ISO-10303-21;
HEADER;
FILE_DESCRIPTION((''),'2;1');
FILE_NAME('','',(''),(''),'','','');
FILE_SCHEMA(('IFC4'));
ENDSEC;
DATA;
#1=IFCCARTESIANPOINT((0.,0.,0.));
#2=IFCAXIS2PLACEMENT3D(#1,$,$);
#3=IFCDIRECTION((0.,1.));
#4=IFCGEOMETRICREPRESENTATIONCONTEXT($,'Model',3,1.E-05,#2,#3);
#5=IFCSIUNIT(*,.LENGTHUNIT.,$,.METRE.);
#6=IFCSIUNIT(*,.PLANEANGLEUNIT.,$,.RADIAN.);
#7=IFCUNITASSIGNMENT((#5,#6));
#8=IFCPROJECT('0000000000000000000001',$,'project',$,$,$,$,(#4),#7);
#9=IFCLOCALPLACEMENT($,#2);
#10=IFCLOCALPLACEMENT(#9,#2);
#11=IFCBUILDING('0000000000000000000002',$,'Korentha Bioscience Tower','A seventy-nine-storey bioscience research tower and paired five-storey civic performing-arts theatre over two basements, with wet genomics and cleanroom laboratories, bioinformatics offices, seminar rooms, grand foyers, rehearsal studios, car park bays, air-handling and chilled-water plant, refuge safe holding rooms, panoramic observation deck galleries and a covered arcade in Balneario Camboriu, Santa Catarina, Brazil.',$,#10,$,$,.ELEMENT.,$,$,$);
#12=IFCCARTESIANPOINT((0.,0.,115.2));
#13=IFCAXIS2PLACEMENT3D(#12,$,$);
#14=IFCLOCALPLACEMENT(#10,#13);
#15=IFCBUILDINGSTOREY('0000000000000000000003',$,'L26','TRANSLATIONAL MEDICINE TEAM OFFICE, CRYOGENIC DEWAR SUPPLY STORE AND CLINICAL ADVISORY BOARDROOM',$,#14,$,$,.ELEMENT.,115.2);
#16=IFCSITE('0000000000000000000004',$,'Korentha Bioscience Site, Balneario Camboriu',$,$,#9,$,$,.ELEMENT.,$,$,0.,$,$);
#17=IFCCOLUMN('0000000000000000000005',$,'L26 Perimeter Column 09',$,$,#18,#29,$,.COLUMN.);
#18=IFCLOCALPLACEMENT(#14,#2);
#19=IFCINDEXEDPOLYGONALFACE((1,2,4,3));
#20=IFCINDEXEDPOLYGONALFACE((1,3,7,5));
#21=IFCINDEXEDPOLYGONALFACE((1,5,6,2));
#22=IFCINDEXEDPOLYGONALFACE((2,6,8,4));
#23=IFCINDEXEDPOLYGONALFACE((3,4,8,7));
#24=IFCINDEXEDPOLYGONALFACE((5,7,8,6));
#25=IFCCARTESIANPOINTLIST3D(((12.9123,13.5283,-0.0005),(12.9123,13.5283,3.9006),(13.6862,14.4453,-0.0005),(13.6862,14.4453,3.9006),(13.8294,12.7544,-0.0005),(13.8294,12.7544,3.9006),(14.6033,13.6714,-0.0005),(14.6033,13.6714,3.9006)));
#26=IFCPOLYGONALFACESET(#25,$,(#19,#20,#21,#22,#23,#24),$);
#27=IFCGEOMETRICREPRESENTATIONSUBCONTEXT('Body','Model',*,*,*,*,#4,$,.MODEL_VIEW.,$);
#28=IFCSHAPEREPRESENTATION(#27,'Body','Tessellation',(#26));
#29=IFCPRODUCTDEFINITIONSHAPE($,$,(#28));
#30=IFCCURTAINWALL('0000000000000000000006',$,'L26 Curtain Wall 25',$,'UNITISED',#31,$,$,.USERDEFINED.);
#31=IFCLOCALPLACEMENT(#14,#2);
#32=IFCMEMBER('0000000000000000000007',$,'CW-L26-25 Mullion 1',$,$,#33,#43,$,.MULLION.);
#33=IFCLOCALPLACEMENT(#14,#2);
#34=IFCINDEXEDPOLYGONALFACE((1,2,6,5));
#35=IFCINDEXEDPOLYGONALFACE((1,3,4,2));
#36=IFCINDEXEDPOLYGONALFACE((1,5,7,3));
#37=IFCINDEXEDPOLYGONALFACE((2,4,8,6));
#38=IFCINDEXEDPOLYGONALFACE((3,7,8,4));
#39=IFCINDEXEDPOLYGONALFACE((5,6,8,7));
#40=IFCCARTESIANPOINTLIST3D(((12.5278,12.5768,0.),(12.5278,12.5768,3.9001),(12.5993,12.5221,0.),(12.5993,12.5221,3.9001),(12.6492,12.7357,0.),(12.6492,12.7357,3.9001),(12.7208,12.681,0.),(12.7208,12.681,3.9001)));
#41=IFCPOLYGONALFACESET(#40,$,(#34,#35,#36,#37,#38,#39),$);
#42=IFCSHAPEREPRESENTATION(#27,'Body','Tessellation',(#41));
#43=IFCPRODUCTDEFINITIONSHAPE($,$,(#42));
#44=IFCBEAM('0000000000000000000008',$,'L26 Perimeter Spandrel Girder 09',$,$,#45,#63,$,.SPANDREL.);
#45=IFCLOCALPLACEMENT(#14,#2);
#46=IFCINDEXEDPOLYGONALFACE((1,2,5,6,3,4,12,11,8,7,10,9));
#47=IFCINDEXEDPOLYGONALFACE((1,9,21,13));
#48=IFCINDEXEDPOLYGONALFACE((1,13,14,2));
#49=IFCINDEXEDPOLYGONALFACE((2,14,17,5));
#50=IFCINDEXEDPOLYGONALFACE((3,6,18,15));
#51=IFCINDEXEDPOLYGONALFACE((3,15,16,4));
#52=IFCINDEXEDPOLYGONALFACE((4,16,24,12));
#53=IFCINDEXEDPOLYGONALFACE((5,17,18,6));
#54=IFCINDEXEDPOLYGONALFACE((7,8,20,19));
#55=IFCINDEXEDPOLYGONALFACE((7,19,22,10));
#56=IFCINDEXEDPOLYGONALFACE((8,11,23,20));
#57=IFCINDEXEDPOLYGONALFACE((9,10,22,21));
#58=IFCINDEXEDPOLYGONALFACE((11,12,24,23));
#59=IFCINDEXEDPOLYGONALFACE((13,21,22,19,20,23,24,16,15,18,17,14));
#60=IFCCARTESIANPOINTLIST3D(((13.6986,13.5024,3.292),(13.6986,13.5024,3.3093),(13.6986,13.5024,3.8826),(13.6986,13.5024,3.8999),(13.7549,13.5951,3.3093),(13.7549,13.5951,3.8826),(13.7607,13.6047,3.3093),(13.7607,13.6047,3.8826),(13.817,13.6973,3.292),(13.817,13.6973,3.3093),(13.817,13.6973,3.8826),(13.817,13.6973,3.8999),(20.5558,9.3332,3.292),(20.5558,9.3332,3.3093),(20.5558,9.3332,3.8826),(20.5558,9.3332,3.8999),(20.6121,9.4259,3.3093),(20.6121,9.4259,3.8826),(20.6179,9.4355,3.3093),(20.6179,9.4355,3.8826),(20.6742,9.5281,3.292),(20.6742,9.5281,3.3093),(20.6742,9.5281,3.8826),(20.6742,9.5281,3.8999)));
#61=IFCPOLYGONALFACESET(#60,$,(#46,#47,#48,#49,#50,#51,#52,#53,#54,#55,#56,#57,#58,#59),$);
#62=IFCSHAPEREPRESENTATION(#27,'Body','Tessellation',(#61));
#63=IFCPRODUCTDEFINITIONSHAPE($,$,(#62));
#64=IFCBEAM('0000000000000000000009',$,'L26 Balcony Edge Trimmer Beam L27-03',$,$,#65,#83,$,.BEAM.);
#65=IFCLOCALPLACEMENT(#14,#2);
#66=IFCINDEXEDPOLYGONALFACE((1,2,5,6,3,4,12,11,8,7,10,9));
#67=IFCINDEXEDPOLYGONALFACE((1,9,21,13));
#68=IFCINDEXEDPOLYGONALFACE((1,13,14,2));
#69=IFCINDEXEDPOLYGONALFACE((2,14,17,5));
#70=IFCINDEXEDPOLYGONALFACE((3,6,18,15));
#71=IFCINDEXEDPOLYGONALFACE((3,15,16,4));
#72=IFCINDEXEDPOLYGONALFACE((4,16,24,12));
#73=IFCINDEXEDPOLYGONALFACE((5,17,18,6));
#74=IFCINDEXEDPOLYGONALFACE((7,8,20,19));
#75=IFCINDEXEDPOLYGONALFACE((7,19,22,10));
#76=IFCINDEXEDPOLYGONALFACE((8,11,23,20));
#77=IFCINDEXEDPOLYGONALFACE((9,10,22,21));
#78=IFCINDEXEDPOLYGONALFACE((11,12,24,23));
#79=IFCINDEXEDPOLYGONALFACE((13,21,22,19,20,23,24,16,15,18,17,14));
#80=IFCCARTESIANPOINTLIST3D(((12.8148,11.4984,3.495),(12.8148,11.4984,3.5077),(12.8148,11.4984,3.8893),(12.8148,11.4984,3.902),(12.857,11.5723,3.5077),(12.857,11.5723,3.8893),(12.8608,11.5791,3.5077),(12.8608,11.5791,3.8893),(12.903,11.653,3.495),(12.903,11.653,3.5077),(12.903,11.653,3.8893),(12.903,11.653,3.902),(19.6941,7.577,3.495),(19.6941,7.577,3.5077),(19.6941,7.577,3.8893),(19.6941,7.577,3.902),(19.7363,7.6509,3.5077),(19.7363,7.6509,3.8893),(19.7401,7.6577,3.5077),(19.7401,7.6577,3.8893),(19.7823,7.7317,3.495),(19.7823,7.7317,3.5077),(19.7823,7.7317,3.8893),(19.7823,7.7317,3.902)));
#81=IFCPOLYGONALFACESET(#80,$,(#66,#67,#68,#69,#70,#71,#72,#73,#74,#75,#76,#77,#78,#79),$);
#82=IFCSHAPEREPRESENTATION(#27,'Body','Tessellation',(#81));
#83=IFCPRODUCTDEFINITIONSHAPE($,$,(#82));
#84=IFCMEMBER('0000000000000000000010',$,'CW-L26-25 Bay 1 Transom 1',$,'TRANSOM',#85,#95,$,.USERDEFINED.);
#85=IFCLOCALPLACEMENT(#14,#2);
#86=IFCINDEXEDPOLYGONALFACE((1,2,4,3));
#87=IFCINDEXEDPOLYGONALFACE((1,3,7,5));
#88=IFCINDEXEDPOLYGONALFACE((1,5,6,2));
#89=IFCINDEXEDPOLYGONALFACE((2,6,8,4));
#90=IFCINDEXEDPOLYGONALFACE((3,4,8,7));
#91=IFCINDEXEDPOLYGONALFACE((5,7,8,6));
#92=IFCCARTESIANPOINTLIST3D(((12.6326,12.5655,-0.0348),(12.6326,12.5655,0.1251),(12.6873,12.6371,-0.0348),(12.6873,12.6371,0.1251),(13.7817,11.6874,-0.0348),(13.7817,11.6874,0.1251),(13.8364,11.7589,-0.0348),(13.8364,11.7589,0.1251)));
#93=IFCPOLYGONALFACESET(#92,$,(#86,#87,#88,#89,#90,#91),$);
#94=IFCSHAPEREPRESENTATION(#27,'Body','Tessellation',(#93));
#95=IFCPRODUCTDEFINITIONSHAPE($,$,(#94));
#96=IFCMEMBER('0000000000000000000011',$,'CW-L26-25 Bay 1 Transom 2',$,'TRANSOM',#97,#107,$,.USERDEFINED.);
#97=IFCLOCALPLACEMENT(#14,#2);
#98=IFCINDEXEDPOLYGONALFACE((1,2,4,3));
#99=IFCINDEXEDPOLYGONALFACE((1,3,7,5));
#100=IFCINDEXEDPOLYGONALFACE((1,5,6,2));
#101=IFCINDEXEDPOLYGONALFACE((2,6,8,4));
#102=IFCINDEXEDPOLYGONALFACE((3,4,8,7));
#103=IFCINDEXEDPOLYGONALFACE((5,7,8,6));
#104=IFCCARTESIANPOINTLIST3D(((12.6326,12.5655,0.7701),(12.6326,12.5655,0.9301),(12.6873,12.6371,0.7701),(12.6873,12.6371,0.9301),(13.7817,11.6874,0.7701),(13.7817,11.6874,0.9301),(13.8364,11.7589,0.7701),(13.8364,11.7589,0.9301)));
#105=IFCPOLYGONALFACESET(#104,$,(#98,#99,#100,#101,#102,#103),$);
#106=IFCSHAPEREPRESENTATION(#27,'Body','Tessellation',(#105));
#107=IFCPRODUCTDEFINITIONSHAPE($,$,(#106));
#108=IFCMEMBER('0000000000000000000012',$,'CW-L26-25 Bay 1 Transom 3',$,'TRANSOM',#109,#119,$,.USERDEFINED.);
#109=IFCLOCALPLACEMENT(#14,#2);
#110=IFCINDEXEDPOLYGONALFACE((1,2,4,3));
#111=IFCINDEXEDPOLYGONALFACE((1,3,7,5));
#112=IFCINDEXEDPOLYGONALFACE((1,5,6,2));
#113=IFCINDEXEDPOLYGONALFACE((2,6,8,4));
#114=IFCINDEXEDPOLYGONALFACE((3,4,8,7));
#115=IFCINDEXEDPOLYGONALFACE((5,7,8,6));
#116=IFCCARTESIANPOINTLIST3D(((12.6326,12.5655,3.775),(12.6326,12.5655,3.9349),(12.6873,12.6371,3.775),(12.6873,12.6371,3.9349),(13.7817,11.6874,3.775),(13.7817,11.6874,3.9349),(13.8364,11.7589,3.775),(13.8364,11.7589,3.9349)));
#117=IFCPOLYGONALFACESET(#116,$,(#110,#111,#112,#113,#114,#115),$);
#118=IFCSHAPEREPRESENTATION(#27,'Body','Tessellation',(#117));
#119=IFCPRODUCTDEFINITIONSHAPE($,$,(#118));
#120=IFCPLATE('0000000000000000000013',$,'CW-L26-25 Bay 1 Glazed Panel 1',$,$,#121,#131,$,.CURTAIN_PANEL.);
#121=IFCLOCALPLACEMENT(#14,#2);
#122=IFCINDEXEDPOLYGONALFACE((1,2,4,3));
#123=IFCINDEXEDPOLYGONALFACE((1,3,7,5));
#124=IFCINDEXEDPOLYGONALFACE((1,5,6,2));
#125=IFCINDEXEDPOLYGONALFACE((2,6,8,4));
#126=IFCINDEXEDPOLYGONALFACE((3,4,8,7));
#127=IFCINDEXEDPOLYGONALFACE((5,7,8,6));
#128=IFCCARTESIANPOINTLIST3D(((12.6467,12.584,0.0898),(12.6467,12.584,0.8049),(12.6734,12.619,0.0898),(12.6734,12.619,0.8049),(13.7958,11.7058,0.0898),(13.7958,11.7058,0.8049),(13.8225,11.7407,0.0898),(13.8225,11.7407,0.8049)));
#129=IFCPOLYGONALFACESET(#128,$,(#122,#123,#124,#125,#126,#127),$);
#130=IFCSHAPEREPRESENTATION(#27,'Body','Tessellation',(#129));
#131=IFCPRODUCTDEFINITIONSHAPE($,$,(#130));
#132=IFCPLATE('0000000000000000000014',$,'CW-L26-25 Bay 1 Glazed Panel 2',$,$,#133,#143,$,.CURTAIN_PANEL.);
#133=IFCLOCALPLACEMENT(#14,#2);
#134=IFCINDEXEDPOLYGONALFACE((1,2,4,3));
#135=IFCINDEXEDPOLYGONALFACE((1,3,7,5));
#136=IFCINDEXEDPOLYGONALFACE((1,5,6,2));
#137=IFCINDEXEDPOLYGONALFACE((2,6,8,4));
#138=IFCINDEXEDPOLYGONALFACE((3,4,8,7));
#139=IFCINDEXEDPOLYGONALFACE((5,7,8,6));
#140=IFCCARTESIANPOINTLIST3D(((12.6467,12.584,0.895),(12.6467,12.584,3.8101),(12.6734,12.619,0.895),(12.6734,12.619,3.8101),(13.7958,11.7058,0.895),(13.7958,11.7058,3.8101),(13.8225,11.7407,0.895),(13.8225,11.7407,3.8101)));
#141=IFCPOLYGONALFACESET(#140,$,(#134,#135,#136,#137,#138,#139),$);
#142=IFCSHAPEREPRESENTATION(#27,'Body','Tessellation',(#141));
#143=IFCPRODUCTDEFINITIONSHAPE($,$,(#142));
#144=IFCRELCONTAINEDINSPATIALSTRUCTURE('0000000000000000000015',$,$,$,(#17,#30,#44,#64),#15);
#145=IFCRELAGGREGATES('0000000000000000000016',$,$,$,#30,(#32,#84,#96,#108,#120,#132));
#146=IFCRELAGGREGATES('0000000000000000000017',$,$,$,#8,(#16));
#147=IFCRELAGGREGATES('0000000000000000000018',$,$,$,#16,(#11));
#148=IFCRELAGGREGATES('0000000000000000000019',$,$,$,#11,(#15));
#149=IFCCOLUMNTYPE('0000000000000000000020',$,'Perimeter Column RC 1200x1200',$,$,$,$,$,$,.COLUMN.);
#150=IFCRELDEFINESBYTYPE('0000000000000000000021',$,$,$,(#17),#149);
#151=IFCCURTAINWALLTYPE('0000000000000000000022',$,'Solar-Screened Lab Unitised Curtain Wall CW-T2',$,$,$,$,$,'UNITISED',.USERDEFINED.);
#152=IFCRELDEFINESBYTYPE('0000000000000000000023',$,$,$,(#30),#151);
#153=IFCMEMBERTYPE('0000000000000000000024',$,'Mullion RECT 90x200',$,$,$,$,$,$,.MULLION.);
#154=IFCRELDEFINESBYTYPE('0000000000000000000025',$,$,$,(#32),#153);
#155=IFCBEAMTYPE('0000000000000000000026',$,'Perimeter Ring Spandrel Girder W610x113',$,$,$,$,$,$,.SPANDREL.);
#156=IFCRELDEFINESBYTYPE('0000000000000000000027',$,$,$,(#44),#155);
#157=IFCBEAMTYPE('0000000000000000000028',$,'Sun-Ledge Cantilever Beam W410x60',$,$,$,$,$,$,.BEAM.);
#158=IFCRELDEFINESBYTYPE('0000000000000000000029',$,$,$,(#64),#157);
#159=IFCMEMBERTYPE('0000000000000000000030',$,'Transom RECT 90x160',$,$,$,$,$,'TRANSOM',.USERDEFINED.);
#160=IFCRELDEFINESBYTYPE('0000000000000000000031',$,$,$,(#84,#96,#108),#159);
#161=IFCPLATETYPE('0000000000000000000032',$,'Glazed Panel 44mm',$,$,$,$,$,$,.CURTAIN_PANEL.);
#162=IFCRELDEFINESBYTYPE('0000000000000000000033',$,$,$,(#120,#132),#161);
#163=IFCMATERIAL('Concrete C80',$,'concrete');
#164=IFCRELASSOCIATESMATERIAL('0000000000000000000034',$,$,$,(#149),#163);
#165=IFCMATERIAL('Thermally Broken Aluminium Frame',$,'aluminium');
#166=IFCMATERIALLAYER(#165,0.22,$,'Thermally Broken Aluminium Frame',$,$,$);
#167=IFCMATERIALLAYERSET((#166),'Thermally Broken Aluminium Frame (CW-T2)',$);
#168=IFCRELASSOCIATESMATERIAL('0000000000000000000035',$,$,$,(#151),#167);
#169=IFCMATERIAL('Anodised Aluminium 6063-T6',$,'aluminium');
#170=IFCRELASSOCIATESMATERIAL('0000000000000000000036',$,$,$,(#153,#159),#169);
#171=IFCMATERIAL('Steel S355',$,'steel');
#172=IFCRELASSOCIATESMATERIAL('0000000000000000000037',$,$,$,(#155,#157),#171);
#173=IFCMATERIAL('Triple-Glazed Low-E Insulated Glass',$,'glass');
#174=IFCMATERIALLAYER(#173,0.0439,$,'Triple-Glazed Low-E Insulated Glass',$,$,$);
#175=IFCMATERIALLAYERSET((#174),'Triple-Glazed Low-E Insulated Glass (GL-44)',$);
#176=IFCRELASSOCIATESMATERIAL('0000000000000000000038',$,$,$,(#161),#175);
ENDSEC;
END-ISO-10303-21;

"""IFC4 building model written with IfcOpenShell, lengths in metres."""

from ifc_helpers import new_model, si_unit, direction, frame, origin, origin_2d, place, context, subcontext, project, spatial, rectangle, i_section, extrude, material, layer, layer_set, material_profile, profile_set, type_object, element, aggregate, save


model = new_model("IFC4")

# Units and contexts
model_context = context("Model", 3, precision=1e-05, world=origin(), true_north=direction((0.0, 1.0)))
body_context = subcontext(model_context, "Body", "Model", "MODEL_VIEW")
ifc_project = project(units=[si_unit("LENGTHUNIT", "METRE"), si_unit("PLANEANGLEUNIT", "RADIAN")], contexts=[model_context])

# Site, building, storey
site_placement = place(None, origin())
site = spatial("IfcSite", under=ifc_project, at=site_placement, Name="Korentha Bioscience Site, Balneario Camboriu", CompositionType="ELEMENT", RefElevation=0.0)
building_placement = place(site_placement, origin())
building = spatial("IfcBuilding", under=site, at=building_placement, Name="Korentha Bioscience Tower", Description="A seventy-nine-storey bioscience research tower and paired five-storey civic performing-arts theatre over two basements, with wet genomics and cleanroom laboratories, bioinformatics offices, seminar rooms, grand foyers, rehearsal studios, car park bays, air-handling and chilled-water plant, refuge safe holding rooms, panoramic observation deck galleries and a covered arcade in Balneario Camboriu, Santa Catarina, Brazil.", CompositionType="ELEMENT")
storey_placement = place(building_placement, frame((0.0, 0.0, 115.2)))
storey = spatial("IfcBuildingStorey", under=building, at=storey_placement, Name="L26", Description="TRANSLATIONAL MEDICINE TEAM OFFICE, CRYOGENIC DEWAR SUPPLY STORE AND CLINICAL ADVISORY BOARDROOM", CompositionType="ELEMENT", Elevation=115.2)

# Column
ifc_material_1 = material(Name="Concrete C80", Category="concrete")
ifc_material_profile_1 = material_profile(ifc_material_1, rectangle(XDim=1.2, YDim=1.2, at=origin_2d()), Name="Concrete C80")
ifc_profile_set_1 = profile_set([ifc_material_profile_1], Name="Concrete C80 (COL-P12)")
column_type = type_object("IfcColumnType", Name="Perimeter Column RC 1200x1200", PredefinedType="COLUMN", material=ifc_profile_set_1)
column_placement = place(storey_placement, frame((13.7578, 13.5999, -0.0005), z_axis=(0.0, 0.0, 1.0), x_axis=(-0.764246, 0.644924, 0.0)))
element("IfcColumn", 1, at=column_placement, inside=storey, type_object=column_type, Name="L26 Perimeter Column 09", PredefinedType="COLUMN", context=body_context, shape_type="SweptSolid", body=[
    extrude(rectangle(XDim=1.2, YDim=1.2, at=origin_2d()), origin(), (0.0, 0.0, 1.0), 3.9011),
])

# Curtain wall, member
ifc_material_2 = material(Name="Thermally Broken Aluminium Frame", Category="aluminium")
ifc_layer_1 = layer(ifc_material_2, 0.22, Name="Thermally Broken Aluminium Frame")
ifc_layer_set_1 = layer_set([ifc_layer_1], Name="Thermally Broken Aluminium Frame (CW-T2)")
curtain_wall_type = type_object("IfcCurtainWallType", Name="Solar-Screened Lab Unitised Curtain Wall CW-T2", ElementType="UNITISED", PredefinedType="USERDEFINED", material=ifc_layer_set_1)
curtain_wall_placement = place(storey_placement, origin())
curtain_wall = element("IfcCurtainWall", 2, at=curtain_wall_placement, inside=storey, type_object=curtain_wall_type, Name="L26 Curtain Wall 25", ObjectType="UNITISED", PredefinedType="USERDEFINED")
ifc_material_3 = material(Name="Anodised Aluminium 6063-T6", Category="aluminium")
ifc_material_profile_2 = material_profile(ifc_material_3, rectangle(XDim=0.0901, YDim=0.2, at=origin_2d()), Name="Anodised Aluminium 6063-T6")
ifc_profile_set_2 = profile_set([ifc_material_profile_2], Name="Anodised Aluminium 6063-T6 (CW-MUL)")
member_type_1 = type_object("IfcMemberType", Name="Mullion RECT 90x200", PredefinedType="MULLION", material=ifc_profile_set_2)
member_1_placement = place(storey_placement, frame((12.6243, 12.6289, 0.0), z_axis=(0.0, 0.0, 1.0), x_axis=(0.7945, -0.607265, 0.0)))
member_1 = element("IfcMember", 3, at=member_1_placement, type_object=member_type_1, Name="CW-L26-25 Mullion 1", PredefinedType="MULLION", context=body_context, shape_type="SweptSolid", body=[
    extrude(rectangle(XDim=0.0901, YDim=0.2, at=origin_2d()), origin(), (0.0, 0.0, 1.0), 3.9001),
])

# Beams
ifc_material_4 = material(Name="Steel S355", Category="steel")
ifc_material_profile_3 = material_profile(ifc_material_4, i_section(OverallWidth=0.228, OverallDepth=0.6079, WebThickness=0.0112, FlangeThickness=0.0173, at=origin_2d()), Name="Steel S355")
ifc_profile_set_3 = profile_set([ifc_material_profile_3], Name="Steel S355 (SB-610)")
beam_type_1 = type_object("IfcBeamType", Name="Perimeter Ring Spandrel Girder W610x113", PredefinedType="SPANDREL", material=ifc_profile_set_3)
beam_1_placement = place(storey_placement, frame((13.7578, 13.5999, 3.5959), z_axis=(0.854461, -0.519515, 0.0), x_axis=(0.519515, 0.854461, 0.0)))
element("IfcBeam", 4, at=beam_1_placement, inside=storey, type_object=beam_type_1, Name="L26 Perimeter Spandrel Girder 09", PredefinedType="SPANDREL", context=body_context, shape_type="SweptSolid", body=[
    extrude(i_section(OverallWidth=0.228, OverallDepth=0.6079, WebThickness=0.0112, FlangeThickness=0.0173, at=origin_2d()), origin(), (0.0, 0.0, 1.0), 8.0251),
])
ifc_material_profile_4 = material_profile(ifc_material_4, i_section(OverallWidth=0.178, OverallDepth=0.407, WebThickness=0.0078, FlangeThickness=0.0127, at=origin_2d()), Name="Steel S355")
ifc_profile_set_4 = profile_set([ifc_material_profile_4], Name="Steel S355 (CB-410)")
beam_type_2 = type_object("IfcBeamType", Name="Sun-Ledge Cantilever Beam W410x60", PredefinedType="BEAM", material=ifc_profile_set_4)
beam_2_placement = place(storey_placement, frame((12.8589, 11.5757, 3.6985), z_axis=(0.86877, -0.495216, 0.0), x_axis=(0.495216, 0.86877, 0.0)))
element("IfcBeam", 5, at=beam_2_placement, inside=storey, type_object=beam_type_2, Name="L26 Balcony Edge Trimmer Beam L27-03", PredefinedType="BEAM", context=body_context, shape_type="SweptSolid", body=[
    extrude(i_section(OverallWidth=0.178, OverallDepth=0.407, WebThickness=0.0078, FlangeThickness=0.0127, at=origin_2d()), origin(), (0.0, 0.0, 1.0), 7.9185),
])

# Members
ifc_material_profile_5 = material_profile(ifc_material_3, rectangle(XDim=0.0901, YDim=0.1599, at=origin_2d()), Name="Anodised Aluminium 6063-T6")
ifc_profile_set_5 = profile_set([ifc_material_profile_5], Name="Anodised Aluminium 6063-T6 (CW-TRN)")
member_type_2 = type_object("IfcMemberType", Name="Transom RECT 90x160", ElementType="TRANSOM", PredefinedType="USERDEFINED", material=ifc_profile_set_5)
member_2_placement = place(storey_placement, frame((12.6599, 12.6013, 0.0452), z_axis=(0.794559, -0.607187, 0.0), x_axis=(0.607187, 0.794559, 0.0)))
member_2 = element("IfcMember", 6, at=member_2_placement, type_object=member_type_2, Name="CW-L26-25 Bay 1 Transom 1", ObjectType="TRANSOM", PredefinedType="USERDEFINED", context=body_context, shape_type="SweptSolid", body=[
    extrude(rectangle(XDim=0.0901, YDim=0.1599, at=origin_2d()), origin(), (0.0, 0.0, 1.0), 1.4463),
])
member_3_placement = place(storey_placement, frame((12.6599, 12.6013, 0.8501), z_axis=(0.794559, -0.607187, 0.0), x_axis=(0.607187, 0.794559, 0.0)))
member_3 = element("IfcMember", 7, at=member_3_placement, type_object=member_type_2, Name="CW-L26-25 Bay 1 Transom 2", ObjectType="TRANSOM", PredefinedType="USERDEFINED", context=body_context, shape_type="SweptSolid", body=[
    extrude(rectangle(XDim=0.0901, YDim=0.1599, at=origin_2d()), origin(), (0.0, 0.0, 1.0), 1.4463),
])
member_4_placement = place(storey_placement, frame((12.6599, 12.6013, 3.855), z_axis=(0.794559, -0.607187, 0.0), x_axis=(0.607187, 0.794559, 0.0)))
member_4 = element("IfcMember", 8, at=member_4_placement, type_object=member_type_2, Name="CW-L26-25 Bay 1 Transom 3", ObjectType="TRANSOM", PredefinedType="USERDEFINED", context=body_context, shape_type="SweptSolid", body=[
    extrude(rectangle(XDim=0.0901, YDim=0.1599, at=origin_2d()), origin(), (0.0, 0.0, 1.0), 1.4463),
])

# Plates
ifc_material_5 = material(Name="Triple-Glazed Low-E Insulated Glass", Category="glass")
ifc_layer_2 = layer(ifc_material_5, 0.0439, Name="Triple-Glazed Low-E Insulated Glass")
ifc_layer_set_2 = layer_set([ifc_layer_2], Name="Triple-Glazed Low-E Insulated Glass (GL-44)")
plate_type = type_object("IfcPlateType", Name="Glazed Panel 44mm", PredefinedType="CURTAIN_PANEL", material=ifc_layer_set_2)
plate_1_placement = place(storey_placement, frame((13.2346, 12.1624, 0.0898), z_axis=(0.0, 0.0, 1.0), x_axis=(0.7945, -0.607265, 0.0)))
plate_1 = element("IfcPlate", 9, at=plate_1_placement, type_object=plate_type, Name="CW-L26-25 Bay 1 Glazed Panel 1", PredefinedType="CURTAIN_PANEL", context=body_context, shape_type="SweptSolid", body=[
    extrude(rectangle(XDim=1.4463, YDim=0.0439, at=origin_2d()), origin(), (0.0, 0.0, 1.0), 0.7151),
])
plate_2_placement = place(storey_placement, frame((13.2346, 12.1624, 0.895), z_axis=(0.0, 0.0, 1.0), x_axis=(0.7945, -0.607265, 0.0)))
plate_2 = element("IfcPlate", 10, at=plate_2_placement, type_object=plate_type, Name="CW-L26-25 Bay 1 Glazed Panel 2", PredefinedType="CURTAIN_PANEL", context=body_context, shape_type="SweptSolid", body=[
    extrude(rectangle(XDim=1.4463, YDim=0.0439, at=origin_2d()), origin(), (0.0, 0.0, 1.0), 2.915),
])
aggregate(curtain_wall, [member_1, member_2, member_3, member_4, plate_1, plate_2])

save(model, "model.ifc")
